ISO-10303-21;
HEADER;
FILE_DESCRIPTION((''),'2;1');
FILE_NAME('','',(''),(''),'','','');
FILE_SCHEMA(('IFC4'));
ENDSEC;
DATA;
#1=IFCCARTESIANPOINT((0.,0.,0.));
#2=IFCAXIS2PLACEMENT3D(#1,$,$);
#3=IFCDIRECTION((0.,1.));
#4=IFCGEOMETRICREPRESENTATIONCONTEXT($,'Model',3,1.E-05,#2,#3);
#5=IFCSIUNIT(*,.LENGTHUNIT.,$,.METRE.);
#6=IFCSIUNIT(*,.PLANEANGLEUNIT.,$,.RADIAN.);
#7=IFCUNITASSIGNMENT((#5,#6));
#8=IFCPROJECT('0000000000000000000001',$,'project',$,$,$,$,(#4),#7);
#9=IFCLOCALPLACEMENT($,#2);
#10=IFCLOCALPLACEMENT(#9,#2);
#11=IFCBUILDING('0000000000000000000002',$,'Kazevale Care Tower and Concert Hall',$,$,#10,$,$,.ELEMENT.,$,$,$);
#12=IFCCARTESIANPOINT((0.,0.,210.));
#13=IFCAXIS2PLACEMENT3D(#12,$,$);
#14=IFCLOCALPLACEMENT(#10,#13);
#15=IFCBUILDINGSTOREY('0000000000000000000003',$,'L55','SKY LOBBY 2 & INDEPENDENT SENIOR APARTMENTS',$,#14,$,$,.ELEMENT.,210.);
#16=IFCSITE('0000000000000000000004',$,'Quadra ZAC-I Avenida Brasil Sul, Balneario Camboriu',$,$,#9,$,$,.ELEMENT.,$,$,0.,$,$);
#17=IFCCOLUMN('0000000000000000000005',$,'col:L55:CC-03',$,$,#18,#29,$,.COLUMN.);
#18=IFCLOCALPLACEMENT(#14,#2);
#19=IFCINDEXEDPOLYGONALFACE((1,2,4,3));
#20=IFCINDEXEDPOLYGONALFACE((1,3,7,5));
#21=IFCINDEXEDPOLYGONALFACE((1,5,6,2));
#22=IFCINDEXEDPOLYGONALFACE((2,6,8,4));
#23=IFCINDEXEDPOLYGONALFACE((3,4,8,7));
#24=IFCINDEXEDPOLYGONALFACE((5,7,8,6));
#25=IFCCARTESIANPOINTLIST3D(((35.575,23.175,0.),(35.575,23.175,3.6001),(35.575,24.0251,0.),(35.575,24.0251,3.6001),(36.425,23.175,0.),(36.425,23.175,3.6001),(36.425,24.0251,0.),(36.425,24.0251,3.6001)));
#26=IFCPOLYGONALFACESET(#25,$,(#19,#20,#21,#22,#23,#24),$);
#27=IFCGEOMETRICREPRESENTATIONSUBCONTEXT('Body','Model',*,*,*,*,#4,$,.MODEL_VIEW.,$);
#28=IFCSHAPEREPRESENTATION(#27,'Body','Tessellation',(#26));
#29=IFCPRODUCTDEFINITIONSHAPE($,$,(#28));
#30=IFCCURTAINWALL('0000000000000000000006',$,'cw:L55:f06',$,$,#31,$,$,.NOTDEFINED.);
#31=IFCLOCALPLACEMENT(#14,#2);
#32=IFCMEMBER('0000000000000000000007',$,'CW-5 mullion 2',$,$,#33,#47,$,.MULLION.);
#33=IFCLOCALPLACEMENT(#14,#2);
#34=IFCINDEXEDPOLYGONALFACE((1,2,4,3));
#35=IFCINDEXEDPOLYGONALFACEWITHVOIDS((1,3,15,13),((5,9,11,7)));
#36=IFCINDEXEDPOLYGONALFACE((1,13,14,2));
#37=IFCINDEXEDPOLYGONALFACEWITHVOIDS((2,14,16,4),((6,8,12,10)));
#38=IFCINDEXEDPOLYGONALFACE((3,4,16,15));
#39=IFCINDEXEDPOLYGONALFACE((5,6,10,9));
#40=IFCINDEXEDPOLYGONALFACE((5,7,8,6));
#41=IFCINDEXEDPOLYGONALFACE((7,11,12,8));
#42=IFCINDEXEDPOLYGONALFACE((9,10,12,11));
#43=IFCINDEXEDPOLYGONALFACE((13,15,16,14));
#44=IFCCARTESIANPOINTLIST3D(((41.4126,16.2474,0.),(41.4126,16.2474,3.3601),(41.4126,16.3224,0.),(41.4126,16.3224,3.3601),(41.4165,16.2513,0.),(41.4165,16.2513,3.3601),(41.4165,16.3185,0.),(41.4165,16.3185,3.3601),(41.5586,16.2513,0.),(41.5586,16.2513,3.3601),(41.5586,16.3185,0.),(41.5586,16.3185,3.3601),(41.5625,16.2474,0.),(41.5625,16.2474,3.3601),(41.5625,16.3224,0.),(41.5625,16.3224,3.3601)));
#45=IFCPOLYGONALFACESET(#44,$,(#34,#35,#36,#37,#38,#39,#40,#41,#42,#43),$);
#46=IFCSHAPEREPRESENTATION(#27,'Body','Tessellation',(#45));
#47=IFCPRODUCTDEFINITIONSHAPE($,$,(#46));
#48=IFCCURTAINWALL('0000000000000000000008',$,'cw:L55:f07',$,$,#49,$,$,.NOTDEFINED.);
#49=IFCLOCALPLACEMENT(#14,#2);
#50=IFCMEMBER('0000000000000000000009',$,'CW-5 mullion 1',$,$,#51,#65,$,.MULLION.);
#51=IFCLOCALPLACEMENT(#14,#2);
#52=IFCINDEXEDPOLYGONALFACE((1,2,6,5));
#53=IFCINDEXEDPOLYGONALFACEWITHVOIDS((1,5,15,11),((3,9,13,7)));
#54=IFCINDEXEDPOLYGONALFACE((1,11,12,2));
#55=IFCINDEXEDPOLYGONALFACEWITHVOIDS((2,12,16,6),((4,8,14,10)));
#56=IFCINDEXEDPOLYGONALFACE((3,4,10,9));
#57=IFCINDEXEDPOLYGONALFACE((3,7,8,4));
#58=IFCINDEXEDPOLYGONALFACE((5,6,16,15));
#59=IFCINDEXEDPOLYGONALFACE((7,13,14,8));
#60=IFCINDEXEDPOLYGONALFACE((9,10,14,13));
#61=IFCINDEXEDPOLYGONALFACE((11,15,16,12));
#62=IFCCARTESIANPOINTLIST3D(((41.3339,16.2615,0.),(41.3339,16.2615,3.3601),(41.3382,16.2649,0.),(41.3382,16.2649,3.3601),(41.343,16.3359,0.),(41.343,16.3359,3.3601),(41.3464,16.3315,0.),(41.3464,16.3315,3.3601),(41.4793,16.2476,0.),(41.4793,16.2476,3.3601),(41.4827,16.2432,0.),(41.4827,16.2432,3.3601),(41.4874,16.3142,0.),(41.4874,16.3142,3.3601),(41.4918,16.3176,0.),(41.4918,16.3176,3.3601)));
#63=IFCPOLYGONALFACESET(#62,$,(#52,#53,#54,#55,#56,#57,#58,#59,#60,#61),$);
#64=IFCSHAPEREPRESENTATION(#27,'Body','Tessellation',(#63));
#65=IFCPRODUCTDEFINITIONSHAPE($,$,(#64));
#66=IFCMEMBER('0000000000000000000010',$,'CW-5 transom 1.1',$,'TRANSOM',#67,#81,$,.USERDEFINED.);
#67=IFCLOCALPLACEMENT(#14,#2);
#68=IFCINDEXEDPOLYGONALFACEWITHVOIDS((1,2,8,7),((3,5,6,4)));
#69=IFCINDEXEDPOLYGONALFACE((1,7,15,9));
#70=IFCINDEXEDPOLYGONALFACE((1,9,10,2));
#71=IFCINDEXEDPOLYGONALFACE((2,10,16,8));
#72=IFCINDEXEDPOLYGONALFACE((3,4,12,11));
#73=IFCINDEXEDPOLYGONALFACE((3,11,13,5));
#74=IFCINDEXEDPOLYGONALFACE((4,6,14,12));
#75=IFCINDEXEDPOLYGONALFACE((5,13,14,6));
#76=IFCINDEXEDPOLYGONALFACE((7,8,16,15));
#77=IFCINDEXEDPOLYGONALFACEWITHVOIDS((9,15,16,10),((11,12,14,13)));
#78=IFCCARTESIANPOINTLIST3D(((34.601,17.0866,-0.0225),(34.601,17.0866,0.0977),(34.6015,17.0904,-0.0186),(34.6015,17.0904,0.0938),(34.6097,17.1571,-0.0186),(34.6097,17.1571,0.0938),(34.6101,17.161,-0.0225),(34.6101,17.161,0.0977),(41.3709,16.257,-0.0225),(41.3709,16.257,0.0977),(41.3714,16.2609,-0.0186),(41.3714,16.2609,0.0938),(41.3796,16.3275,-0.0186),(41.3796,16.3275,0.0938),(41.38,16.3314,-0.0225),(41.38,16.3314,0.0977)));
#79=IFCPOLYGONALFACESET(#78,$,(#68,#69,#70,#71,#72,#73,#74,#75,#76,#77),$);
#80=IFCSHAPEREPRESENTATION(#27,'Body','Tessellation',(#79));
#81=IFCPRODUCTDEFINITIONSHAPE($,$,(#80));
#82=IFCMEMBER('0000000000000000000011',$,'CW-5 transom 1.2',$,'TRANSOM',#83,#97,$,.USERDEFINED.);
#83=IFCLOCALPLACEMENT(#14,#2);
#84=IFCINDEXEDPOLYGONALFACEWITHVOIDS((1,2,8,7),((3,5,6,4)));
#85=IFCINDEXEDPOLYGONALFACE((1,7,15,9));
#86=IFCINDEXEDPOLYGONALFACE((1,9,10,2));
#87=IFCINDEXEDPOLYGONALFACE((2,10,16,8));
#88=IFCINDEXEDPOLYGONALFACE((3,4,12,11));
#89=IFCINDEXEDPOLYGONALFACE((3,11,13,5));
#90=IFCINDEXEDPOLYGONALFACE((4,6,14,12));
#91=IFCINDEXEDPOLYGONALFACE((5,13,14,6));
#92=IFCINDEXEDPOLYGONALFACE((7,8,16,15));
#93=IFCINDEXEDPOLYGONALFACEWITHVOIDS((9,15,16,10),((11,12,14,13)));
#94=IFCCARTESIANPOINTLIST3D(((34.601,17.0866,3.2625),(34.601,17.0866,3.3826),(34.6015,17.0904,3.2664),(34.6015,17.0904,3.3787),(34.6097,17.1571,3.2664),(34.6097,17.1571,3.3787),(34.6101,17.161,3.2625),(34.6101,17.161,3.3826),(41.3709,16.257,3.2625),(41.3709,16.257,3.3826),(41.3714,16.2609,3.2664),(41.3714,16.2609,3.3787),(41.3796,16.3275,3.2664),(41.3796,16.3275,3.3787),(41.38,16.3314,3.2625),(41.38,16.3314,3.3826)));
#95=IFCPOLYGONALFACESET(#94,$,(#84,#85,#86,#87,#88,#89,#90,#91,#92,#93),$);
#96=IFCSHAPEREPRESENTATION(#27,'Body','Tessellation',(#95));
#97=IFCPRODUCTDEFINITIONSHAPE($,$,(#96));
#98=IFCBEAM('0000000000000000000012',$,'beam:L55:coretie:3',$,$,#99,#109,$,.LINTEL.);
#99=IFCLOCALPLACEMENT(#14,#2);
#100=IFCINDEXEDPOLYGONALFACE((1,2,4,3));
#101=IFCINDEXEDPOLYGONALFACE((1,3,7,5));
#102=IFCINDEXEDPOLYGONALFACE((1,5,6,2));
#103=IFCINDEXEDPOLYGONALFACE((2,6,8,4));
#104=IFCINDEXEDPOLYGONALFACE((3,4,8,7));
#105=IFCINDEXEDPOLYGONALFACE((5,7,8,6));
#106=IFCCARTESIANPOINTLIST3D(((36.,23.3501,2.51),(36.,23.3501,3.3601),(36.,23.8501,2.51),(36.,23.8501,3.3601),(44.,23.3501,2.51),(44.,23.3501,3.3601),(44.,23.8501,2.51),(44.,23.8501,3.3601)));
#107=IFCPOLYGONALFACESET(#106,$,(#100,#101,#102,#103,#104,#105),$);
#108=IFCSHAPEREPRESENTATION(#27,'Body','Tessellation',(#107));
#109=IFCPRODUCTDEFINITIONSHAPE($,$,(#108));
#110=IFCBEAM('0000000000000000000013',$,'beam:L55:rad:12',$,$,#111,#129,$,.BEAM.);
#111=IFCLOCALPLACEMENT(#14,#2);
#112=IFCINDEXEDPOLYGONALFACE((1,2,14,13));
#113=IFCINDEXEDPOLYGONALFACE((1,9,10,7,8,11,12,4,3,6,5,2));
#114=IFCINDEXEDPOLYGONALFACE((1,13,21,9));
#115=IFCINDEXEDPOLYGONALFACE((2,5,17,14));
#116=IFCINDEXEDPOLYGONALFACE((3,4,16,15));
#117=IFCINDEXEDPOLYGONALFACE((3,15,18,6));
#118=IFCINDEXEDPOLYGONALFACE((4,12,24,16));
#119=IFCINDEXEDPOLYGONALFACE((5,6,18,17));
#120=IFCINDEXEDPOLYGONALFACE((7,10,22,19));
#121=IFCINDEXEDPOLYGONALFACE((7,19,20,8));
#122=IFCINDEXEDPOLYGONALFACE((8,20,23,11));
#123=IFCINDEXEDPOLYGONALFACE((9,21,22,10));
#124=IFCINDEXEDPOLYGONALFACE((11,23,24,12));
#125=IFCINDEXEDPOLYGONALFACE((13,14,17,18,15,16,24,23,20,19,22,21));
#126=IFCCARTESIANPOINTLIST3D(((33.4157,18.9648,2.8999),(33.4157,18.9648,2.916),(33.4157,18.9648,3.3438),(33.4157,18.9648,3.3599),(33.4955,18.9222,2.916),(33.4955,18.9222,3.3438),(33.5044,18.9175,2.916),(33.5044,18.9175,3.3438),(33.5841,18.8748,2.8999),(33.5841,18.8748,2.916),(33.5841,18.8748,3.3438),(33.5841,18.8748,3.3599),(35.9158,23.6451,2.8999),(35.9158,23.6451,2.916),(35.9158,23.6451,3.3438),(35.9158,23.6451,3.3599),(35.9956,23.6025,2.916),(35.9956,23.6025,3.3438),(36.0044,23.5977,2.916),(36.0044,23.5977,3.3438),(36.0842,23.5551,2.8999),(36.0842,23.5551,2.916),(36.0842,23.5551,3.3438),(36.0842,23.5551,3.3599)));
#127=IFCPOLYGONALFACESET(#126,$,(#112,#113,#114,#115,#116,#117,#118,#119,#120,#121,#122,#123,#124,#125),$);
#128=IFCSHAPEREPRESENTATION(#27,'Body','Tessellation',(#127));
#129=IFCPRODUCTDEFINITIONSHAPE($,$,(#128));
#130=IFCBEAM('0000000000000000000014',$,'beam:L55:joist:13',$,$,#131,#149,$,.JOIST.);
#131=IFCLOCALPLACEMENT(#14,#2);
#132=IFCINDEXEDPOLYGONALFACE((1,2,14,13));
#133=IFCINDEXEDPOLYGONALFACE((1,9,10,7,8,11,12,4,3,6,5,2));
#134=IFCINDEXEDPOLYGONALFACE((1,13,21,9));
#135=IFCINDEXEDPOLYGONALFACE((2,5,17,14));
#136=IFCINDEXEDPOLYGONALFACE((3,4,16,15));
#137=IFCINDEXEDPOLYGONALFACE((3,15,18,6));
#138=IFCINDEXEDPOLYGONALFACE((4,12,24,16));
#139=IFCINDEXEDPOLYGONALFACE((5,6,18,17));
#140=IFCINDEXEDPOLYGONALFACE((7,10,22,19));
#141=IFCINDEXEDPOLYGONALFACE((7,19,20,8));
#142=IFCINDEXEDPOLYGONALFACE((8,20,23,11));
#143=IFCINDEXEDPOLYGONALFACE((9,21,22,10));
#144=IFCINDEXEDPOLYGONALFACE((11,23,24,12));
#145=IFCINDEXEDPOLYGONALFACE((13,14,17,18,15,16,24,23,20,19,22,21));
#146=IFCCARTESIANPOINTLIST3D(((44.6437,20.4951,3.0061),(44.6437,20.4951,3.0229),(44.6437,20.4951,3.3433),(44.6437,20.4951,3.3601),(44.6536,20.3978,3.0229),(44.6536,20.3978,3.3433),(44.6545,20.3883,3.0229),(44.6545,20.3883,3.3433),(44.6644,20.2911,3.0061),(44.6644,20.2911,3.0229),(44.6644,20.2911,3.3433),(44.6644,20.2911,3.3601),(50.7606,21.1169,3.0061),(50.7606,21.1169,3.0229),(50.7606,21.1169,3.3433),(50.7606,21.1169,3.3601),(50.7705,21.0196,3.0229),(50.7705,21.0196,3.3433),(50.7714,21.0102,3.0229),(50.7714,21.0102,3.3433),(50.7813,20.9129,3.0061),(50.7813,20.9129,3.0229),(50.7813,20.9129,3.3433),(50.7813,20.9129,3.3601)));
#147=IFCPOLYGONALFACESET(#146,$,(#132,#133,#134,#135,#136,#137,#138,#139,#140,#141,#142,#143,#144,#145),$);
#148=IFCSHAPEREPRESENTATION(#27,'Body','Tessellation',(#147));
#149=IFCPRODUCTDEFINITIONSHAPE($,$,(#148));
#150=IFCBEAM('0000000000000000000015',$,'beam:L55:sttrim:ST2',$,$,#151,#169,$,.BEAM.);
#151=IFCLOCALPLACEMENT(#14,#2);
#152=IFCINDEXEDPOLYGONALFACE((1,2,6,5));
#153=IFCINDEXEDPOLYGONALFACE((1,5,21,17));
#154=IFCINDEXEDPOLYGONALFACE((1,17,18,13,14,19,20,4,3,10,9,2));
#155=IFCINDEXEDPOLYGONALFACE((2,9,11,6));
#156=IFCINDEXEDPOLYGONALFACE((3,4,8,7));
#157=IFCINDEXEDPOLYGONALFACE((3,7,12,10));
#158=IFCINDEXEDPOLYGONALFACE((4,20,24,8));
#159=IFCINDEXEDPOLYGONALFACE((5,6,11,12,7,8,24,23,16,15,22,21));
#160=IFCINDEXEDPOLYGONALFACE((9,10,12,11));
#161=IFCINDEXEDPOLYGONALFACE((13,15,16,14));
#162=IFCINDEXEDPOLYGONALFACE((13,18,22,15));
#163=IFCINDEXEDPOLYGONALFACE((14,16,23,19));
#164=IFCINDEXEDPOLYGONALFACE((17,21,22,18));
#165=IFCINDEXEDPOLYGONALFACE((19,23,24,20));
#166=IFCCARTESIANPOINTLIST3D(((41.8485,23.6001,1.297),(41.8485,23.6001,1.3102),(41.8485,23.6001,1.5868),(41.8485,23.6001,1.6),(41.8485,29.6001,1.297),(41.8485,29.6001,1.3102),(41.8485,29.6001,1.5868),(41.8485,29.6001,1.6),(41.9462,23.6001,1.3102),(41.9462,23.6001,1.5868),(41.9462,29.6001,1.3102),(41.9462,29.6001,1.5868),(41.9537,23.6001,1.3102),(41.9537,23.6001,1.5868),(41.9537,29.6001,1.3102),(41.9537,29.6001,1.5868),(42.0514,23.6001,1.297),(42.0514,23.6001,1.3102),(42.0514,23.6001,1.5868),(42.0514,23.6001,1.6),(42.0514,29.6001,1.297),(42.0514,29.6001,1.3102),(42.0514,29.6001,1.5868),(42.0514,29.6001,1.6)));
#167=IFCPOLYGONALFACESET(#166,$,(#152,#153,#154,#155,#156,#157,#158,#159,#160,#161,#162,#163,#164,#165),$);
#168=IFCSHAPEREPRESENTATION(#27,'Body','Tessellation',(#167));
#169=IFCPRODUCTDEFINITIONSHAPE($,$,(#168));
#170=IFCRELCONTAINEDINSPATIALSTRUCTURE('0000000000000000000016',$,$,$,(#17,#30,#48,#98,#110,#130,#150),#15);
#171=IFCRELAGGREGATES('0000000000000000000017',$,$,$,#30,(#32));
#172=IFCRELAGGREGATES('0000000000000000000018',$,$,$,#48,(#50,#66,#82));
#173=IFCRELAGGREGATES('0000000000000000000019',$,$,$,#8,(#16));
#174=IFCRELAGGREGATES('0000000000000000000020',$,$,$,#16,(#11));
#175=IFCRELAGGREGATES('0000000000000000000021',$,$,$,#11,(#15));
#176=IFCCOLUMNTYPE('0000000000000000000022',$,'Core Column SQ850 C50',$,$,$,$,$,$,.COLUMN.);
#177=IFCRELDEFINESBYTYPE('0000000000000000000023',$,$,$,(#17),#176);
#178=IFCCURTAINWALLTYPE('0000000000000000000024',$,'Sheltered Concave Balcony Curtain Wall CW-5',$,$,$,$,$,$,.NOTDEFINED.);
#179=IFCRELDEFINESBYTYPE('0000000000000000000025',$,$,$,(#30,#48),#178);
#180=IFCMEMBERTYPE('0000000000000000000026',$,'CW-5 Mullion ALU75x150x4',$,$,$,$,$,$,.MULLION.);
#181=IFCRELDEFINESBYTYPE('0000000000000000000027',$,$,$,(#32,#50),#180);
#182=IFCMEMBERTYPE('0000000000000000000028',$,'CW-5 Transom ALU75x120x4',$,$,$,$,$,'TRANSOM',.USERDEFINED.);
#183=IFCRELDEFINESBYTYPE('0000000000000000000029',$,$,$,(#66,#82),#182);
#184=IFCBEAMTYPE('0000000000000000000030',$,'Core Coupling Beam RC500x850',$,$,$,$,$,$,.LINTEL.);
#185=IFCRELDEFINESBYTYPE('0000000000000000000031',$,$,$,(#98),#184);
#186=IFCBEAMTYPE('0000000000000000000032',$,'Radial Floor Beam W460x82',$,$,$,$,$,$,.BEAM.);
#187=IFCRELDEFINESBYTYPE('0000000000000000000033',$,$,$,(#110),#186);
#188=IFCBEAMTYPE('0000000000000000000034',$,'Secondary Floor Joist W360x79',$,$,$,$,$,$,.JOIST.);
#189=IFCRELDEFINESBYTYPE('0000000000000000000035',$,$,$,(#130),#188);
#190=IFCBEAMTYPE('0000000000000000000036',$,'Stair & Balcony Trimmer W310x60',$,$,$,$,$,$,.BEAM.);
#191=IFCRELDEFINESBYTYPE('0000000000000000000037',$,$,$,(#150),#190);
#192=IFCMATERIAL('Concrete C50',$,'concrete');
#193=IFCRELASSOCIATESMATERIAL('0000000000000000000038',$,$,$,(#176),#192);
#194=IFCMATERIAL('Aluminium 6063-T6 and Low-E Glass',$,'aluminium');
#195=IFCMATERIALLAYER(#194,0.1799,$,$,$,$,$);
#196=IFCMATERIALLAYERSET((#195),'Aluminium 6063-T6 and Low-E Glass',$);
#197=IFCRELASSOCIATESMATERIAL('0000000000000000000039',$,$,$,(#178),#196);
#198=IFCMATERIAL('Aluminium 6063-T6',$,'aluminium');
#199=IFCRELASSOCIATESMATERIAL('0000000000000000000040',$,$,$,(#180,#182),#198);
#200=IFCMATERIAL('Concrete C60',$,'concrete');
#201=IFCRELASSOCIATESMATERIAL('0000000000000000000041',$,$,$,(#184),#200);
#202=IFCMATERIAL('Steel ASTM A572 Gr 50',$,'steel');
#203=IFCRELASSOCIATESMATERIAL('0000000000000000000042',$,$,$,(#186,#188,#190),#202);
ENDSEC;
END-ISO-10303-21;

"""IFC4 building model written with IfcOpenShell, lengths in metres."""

from ifc_helpers import new_model, si_unit, direction, frame, origin, origin_2d, place, context, subcontext, project, spatial, rectangle, hollow_rectangle, i_section, extrude, material, layer, layer_set, material_profile, profile_set, type_object, element, aggregate, save


model = new_model("IFC4")

# Units and contexts
model_context = context("Model", 3, precision=1e-05, world=origin(), true_north=direction((0.0, 1.0)))
body_context = subcontext(model_context, "Body", "Model", "MODEL_VIEW")
ifc_project = project(units=[si_unit("LENGTHUNIT", "METRE"), si_unit("PLANEANGLEUNIT", "RADIAN")], contexts=[model_context])

# Site, building, storey
site_placement = place(None, origin())
site = spatial("IfcSite", under=ifc_project, at=site_placement, Name="Quadra ZAC-I Avenida Brasil Sul, Balneario Camboriu", CompositionType="ELEMENT", RefElevation=0.0)
building_placement = place(site_placement, origin())
building = spatial("IfcBuilding", under=site, at=building_placement, Name="Kazevale Care Tower and Concert Hall", CompositionType="ELEMENT")
storey_placement = place(building_placement, frame((0.0, 0.0, 210.0)))
storey = spatial("IfcBuildingStorey", under=building, at=storey_placement, Name="L55", Description="SKY LOBBY 2 & INDEPENDENT SENIOR APARTMENTS", CompositionType="ELEMENT", Elevation=210.0)

# Column
ifc_material_1 = material(Name="Concrete C50", Category="concrete")
ifc_material_profile_1 = material_profile(ifc_material_1, rectangle(XDim=0.8501, YDim=0.8501, at=origin_2d()), Name="RC-SQ850")
ifc_profile_set_1 = profile_set([ifc_material_profile_1], Name="Concrete C50")
column_type = type_object("IfcColumnType", Name="Core Column SQ850 C50", PredefinedType="COLUMN", material=ifc_profile_set_1)
column_placement = place(storey_placement, frame((36.0, 23.6001, 0.0), z_axis=(0.0, 0.0, 1.0), x_axis=(1.0, 0.0, 0.0)))
element("IfcColumn", 1, at=column_placement, inside=storey, type_object=column_type, Name="col:L55:CC-03", PredefinedType="COLUMN", context=body_context, shape_type="SweptSolid", body=[
    extrude(rectangle(XDim=0.8501, YDim=0.8501, at=origin_2d()), origin(), (0.0, 0.0, 1.0), 3.6001),
])

# Curtain wall, member
ifc_material_2 = material(Name="Aluminium 6063-T6 and Low-E Glass", Category="aluminium")
ifc_layer_1 = layer(ifc_material_2, 0.1799)
ifc_layer_set_1 = layer_set([ifc_layer_1], Name="Aluminium 6063-T6 and Low-E Glass")
curtain_wall_type = type_object("IfcCurtainWallType", Name="Sheltered Concave Balcony Curtain Wall CW-5", PredefinedType="NOTDEFINED", material=ifc_layer_set_1)
curtain_wall_1_placement = place(storey_placement, origin())
curtain_wall_1 = element("IfcCurtainWall", 2, at=curtain_wall_1_placement, inside=storey, type_object=curtain_wall_type, Name="cw:L55:f06", PredefinedType="NOTDEFINED")
ifc_material_3 = material(Name="Aluminium 6063-T6", Category="aluminium")
ifc_material_profile_2 = material_profile(ifc_material_3, hollow_rectangle(XDim=0.075, YDim=0.1499, WallThickness=0.0039, at=origin_2d()), Name="ALU75x150x4")
ifc_profile_set_2 = profile_set([ifc_material_profile_2], Name="Aluminium 6063-T6")
member_type_1 = type_object("IfcMemberType", Name="CW-5 Mullion ALU75x150x4", PredefinedType="MULLION", material=ifc_profile_set_2)
member_1_placement = place(storey_placement, frame((41.4875, 16.2849, 0.0), z_axis=(0.0, 0.0, 1.0), x_axis=(0.0, -1.0, 0.0)))
member_1 = element("IfcMember", 3, at=member_1_placement, type_object=member_type_1, Name="CW-5 mullion 2", PredefinedType="MULLION", context=body_context, shape_type="SweptSolid", body=[
    extrude(hollow_rectangle(XDim=0.075, YDim=0.1499, WallThickness=0.0039, at=origin_2d()), origin(), (0.0, 0.0, 1.0), 3.3601),
])

# Curtain wall, members
curtain_wall_2_placement = place(storey_placement, origin())
curtain_wall_2 = element("IfcCurtainWall", 4, at=curtain_wall_2_placement, inside=storey, type_object=curtain_wall_type, Name="cw:L55:f07", PredefinedType="NOTDEFINED")
member_2_placement = place(storey_placement, frame((41.4128, 16.2896, 0.0), z_axis=(0.0, 0.0, 1.0), x_axis=(-0.121651, -0.992573, 0.0)))
member_2 = element("IfcMember", 5, at=member_2_placement, type_object=member_type_1, Name="CW-5 mullion 1", PredefinedType="MULLION", context=body_context, shape_type="SweptSolid", body=[
    extrude(hollow_rectangle(XDim=0.075, YDim=0.1499, WallThickness=0.0039, at=origin_2d()), origin(), (0.0, 0.0, 1.0), 3.3601),
])
ifc_material_profile_3 = material_profile(ifc_material_3, hollow_rectangle(XDim=0.075, YDim=0.1201, WallThickness=0.0039, at=origin_2d()), Name="ALU75x120x4")
ifc_profile_set_3 = profile_set([ifc_material_profile_3], Name="Aluminium 6063-T6")
member_type_2 = type_object("IfcMemberType", Name="CW-5 Transom ALU75x120x4", ElementType="TRANSOM", PredefinedType="USERDEFINED", material=ifc_profile_set_3)
member_3_placement = place(storey_placement, frame((41.3755, 16.2942, 0.0376), z_axis=(-0.992576, 0.121629, 0.0), x_axis=(-0.121629, -0.992576, 0.0)))
member_3 = element("IfcMember", 6, at=member_3_placement, type_object=member_type_2, Name="CW-5 transom 1.1", ObjectType="TRANSOM", PredefinedType="USERDEFINED", context=body_context, shape_type="SweptSolid", body=[
    extrude(hollow_rectangle(XDim=0.075, YDim=0.1201, WallThickness=0.0039, at=origin_2d()), origin(), (0.0, 0.0, 1.0), 6.8206),
])
member_4_placement = place(storey_placement, frame((41.3755, 16.2942, 3.3225), z_axis=(-0.992576, 0.121629, 0.0), x_axis=(-0.121629, -0.992576, 0.0)))
member_4 = element("IfcMember", 7, at=member_4_placement, type_object=member_type_2, Name="CW-5 transom 1.2", ObjectType="TRANSOM", PredefinedType="USERDEFINED", context=body_context, shape_type="SweptSolid", body=[
    extrude(hollow_rectangle(XDim=0.075, YDim=0.1201, WallThickness=0.0039, at=origin_2d()), origin(), (0.0, 0.0, 1.0), 6.8206),
])

# Beams
ifc_material_4 = material(Name="Concrete C60", Category="concrete")
ifc_material_profile_4 = material_profile(ifc_material_4, rectangle(XDim=0.5, YDim=0.8501, at=origin_2d()), Name="RC-B500x850")
ifc_profile_set_4 = profile_set([ifc_material_profile_4], Name="Concrete C60")
beam_type_1 = type_object("IfcBeamType", Name="Core Coupling Beam RC500x850", PredefinedType="LINTEL", material=ifc_profile_set_4)
beam_1_placement = place(storey_placement, frame((36.0, 23.6001, 2.9351), z_axis=(1.0, 0.0, 0.0), x_axis=(0.0, 1.0, 0.0)))
element("IfcBeam", 8, at=beam_1_placement, inside=storey, type_object=beam_type_1, Name="beam:L55:coretie:3", PredefinedType="LINTEL", context=body_context, shape_type="SweptSolid", body=[
    extrude(rectangle(XDim=0.5, YDim=0.8501, at=origin_2d()), origin(), (0.0, 0.0, 1.0), 8.0),
])
ifc_material_5 = material(Name="Steel ASTM A572 Gr 50", Category="steel")
ifc_material_profile_5 = material_profile(ifc_material_5, i_section(OverallWidth=0.1909, OverallDepth=0.46, WebThickness=0.01, FlangeThickness=0.0161, at=origin_2d()), Name="W460x82")
ifc_profile_set_5 = profile_set([ifc_material_profile_5], Name="Steel ASTM A572 Gr 50")
beam_type_2 = type_object("IfcBeamType", Name="Radial Floor Beam W460x82", PredefinedType="BEAM", material=ifc_profile_set_5)
beam_2_placement = place(storey_placement, frame((36.0, 23.6001, 3.1299), z_axis=(-0.471161, -0.882047, 0.0), x_axis=(0.882047, -0.471161, 0.0)))
element("IfcBeam", 9, at=beam_2_placement, inside=storey, type_object=beam_type_2, Name="beam:L55:rad:12", PredefinedType="BEAM", context=body_context, shape_type="SweptSolid", body=[
    extrude(i_section(OverallWidth=0.1909, OverallDepth=0.46, WebThickness=0.01, FlangeThickness=0.0161, at=origin_2d()), origin(), (0.0, 0.0, 1.0), 5.3062),
])
ifc_material_profile_6 = material_profile(ifc_material_5, i_section(OverallWidth=0.2051, OverallDepth=0.354, WebThickness=0.0095, FlangeThickness=0.0168, at=origin_2d()), Name="W360x79")
ifc_profile_set_6 = profile_set([ifc_material_profile_6], Name="Steel ASTM A572 Gr 50")
beam_type_3 = type_object("IfcBeamType", Name="Secondary Floor Joist W360x79", PredefinedType="JOIST", material=ifc_profile_set_6)
beam_3_placement = place(storey_placement, frame((44.6541, 20.3931, 3.1831), z_axis=(0.994873, 0.101135, 0.0), x_axis=(-0.101135, 0.994873, 0.0)))
element("IfcBeam", 10, at=beam_3_placement, inside=storey, type_object=beam_type_3, Name="beam:L55:joist:13", PredefinedType="JOIST", context=body_context, shape_type="SweptSolid", body=[
    extrude(i_section(OverallWidth=0.2051, OverallDepth=0.354, WebThickness=0.0095, FlangeThickness=0.0168, at=origin_2d()), origin(), (0.0, 0.0, 1.0), 6.1484),
])
ifc_material_profile_7 = material_profile(ifc_material_5, i_section(OverallWidth=0.2029, OverallDepth=0.303, WebThickness=0.0076, FlangeThickness=0.0132, at=origin_2d()), Name="W310x60")
ifc_profile_set_7 = profile_set([ifc_material_profile_7], Name="Steel ASTM A572 Gr 50")
beam_type_4 = type_object("IfcBeamType", Name="Stair & Balcony Trimmer W310x60", PredefinedType="BEAM", material=ifc_profile_set_7)
beam_4_placement = place(storey_placement, frame((41.95, 23.6001, 1.4485), z_axis=(0.0, 1.0, 0.0), x_axis=(-1.0, 0.0, 0.0)))
element("IfcBeam", 11, at=beam_4_placement, inside=storey, type_object=beam_type_4, Name="beam:L55:sttrim:ST2", PredefinedType="BEAM", context=body_context, shape_type="SweptSolid", body=[
    extrude(i_section(OverallWidth=0.2029, OverallDepth=0.303, WebThickness=0.0076, FlangeThickness=0.0132, at=origin_2d()), origin(), (0.0, 0.0, 1.0), 6.0),
])

aggregate(curtain_wall_1, [member_1])
aggregate(curtain_wall_2, [member_2, member_3, member_4])

save(model, "model.ifc")
